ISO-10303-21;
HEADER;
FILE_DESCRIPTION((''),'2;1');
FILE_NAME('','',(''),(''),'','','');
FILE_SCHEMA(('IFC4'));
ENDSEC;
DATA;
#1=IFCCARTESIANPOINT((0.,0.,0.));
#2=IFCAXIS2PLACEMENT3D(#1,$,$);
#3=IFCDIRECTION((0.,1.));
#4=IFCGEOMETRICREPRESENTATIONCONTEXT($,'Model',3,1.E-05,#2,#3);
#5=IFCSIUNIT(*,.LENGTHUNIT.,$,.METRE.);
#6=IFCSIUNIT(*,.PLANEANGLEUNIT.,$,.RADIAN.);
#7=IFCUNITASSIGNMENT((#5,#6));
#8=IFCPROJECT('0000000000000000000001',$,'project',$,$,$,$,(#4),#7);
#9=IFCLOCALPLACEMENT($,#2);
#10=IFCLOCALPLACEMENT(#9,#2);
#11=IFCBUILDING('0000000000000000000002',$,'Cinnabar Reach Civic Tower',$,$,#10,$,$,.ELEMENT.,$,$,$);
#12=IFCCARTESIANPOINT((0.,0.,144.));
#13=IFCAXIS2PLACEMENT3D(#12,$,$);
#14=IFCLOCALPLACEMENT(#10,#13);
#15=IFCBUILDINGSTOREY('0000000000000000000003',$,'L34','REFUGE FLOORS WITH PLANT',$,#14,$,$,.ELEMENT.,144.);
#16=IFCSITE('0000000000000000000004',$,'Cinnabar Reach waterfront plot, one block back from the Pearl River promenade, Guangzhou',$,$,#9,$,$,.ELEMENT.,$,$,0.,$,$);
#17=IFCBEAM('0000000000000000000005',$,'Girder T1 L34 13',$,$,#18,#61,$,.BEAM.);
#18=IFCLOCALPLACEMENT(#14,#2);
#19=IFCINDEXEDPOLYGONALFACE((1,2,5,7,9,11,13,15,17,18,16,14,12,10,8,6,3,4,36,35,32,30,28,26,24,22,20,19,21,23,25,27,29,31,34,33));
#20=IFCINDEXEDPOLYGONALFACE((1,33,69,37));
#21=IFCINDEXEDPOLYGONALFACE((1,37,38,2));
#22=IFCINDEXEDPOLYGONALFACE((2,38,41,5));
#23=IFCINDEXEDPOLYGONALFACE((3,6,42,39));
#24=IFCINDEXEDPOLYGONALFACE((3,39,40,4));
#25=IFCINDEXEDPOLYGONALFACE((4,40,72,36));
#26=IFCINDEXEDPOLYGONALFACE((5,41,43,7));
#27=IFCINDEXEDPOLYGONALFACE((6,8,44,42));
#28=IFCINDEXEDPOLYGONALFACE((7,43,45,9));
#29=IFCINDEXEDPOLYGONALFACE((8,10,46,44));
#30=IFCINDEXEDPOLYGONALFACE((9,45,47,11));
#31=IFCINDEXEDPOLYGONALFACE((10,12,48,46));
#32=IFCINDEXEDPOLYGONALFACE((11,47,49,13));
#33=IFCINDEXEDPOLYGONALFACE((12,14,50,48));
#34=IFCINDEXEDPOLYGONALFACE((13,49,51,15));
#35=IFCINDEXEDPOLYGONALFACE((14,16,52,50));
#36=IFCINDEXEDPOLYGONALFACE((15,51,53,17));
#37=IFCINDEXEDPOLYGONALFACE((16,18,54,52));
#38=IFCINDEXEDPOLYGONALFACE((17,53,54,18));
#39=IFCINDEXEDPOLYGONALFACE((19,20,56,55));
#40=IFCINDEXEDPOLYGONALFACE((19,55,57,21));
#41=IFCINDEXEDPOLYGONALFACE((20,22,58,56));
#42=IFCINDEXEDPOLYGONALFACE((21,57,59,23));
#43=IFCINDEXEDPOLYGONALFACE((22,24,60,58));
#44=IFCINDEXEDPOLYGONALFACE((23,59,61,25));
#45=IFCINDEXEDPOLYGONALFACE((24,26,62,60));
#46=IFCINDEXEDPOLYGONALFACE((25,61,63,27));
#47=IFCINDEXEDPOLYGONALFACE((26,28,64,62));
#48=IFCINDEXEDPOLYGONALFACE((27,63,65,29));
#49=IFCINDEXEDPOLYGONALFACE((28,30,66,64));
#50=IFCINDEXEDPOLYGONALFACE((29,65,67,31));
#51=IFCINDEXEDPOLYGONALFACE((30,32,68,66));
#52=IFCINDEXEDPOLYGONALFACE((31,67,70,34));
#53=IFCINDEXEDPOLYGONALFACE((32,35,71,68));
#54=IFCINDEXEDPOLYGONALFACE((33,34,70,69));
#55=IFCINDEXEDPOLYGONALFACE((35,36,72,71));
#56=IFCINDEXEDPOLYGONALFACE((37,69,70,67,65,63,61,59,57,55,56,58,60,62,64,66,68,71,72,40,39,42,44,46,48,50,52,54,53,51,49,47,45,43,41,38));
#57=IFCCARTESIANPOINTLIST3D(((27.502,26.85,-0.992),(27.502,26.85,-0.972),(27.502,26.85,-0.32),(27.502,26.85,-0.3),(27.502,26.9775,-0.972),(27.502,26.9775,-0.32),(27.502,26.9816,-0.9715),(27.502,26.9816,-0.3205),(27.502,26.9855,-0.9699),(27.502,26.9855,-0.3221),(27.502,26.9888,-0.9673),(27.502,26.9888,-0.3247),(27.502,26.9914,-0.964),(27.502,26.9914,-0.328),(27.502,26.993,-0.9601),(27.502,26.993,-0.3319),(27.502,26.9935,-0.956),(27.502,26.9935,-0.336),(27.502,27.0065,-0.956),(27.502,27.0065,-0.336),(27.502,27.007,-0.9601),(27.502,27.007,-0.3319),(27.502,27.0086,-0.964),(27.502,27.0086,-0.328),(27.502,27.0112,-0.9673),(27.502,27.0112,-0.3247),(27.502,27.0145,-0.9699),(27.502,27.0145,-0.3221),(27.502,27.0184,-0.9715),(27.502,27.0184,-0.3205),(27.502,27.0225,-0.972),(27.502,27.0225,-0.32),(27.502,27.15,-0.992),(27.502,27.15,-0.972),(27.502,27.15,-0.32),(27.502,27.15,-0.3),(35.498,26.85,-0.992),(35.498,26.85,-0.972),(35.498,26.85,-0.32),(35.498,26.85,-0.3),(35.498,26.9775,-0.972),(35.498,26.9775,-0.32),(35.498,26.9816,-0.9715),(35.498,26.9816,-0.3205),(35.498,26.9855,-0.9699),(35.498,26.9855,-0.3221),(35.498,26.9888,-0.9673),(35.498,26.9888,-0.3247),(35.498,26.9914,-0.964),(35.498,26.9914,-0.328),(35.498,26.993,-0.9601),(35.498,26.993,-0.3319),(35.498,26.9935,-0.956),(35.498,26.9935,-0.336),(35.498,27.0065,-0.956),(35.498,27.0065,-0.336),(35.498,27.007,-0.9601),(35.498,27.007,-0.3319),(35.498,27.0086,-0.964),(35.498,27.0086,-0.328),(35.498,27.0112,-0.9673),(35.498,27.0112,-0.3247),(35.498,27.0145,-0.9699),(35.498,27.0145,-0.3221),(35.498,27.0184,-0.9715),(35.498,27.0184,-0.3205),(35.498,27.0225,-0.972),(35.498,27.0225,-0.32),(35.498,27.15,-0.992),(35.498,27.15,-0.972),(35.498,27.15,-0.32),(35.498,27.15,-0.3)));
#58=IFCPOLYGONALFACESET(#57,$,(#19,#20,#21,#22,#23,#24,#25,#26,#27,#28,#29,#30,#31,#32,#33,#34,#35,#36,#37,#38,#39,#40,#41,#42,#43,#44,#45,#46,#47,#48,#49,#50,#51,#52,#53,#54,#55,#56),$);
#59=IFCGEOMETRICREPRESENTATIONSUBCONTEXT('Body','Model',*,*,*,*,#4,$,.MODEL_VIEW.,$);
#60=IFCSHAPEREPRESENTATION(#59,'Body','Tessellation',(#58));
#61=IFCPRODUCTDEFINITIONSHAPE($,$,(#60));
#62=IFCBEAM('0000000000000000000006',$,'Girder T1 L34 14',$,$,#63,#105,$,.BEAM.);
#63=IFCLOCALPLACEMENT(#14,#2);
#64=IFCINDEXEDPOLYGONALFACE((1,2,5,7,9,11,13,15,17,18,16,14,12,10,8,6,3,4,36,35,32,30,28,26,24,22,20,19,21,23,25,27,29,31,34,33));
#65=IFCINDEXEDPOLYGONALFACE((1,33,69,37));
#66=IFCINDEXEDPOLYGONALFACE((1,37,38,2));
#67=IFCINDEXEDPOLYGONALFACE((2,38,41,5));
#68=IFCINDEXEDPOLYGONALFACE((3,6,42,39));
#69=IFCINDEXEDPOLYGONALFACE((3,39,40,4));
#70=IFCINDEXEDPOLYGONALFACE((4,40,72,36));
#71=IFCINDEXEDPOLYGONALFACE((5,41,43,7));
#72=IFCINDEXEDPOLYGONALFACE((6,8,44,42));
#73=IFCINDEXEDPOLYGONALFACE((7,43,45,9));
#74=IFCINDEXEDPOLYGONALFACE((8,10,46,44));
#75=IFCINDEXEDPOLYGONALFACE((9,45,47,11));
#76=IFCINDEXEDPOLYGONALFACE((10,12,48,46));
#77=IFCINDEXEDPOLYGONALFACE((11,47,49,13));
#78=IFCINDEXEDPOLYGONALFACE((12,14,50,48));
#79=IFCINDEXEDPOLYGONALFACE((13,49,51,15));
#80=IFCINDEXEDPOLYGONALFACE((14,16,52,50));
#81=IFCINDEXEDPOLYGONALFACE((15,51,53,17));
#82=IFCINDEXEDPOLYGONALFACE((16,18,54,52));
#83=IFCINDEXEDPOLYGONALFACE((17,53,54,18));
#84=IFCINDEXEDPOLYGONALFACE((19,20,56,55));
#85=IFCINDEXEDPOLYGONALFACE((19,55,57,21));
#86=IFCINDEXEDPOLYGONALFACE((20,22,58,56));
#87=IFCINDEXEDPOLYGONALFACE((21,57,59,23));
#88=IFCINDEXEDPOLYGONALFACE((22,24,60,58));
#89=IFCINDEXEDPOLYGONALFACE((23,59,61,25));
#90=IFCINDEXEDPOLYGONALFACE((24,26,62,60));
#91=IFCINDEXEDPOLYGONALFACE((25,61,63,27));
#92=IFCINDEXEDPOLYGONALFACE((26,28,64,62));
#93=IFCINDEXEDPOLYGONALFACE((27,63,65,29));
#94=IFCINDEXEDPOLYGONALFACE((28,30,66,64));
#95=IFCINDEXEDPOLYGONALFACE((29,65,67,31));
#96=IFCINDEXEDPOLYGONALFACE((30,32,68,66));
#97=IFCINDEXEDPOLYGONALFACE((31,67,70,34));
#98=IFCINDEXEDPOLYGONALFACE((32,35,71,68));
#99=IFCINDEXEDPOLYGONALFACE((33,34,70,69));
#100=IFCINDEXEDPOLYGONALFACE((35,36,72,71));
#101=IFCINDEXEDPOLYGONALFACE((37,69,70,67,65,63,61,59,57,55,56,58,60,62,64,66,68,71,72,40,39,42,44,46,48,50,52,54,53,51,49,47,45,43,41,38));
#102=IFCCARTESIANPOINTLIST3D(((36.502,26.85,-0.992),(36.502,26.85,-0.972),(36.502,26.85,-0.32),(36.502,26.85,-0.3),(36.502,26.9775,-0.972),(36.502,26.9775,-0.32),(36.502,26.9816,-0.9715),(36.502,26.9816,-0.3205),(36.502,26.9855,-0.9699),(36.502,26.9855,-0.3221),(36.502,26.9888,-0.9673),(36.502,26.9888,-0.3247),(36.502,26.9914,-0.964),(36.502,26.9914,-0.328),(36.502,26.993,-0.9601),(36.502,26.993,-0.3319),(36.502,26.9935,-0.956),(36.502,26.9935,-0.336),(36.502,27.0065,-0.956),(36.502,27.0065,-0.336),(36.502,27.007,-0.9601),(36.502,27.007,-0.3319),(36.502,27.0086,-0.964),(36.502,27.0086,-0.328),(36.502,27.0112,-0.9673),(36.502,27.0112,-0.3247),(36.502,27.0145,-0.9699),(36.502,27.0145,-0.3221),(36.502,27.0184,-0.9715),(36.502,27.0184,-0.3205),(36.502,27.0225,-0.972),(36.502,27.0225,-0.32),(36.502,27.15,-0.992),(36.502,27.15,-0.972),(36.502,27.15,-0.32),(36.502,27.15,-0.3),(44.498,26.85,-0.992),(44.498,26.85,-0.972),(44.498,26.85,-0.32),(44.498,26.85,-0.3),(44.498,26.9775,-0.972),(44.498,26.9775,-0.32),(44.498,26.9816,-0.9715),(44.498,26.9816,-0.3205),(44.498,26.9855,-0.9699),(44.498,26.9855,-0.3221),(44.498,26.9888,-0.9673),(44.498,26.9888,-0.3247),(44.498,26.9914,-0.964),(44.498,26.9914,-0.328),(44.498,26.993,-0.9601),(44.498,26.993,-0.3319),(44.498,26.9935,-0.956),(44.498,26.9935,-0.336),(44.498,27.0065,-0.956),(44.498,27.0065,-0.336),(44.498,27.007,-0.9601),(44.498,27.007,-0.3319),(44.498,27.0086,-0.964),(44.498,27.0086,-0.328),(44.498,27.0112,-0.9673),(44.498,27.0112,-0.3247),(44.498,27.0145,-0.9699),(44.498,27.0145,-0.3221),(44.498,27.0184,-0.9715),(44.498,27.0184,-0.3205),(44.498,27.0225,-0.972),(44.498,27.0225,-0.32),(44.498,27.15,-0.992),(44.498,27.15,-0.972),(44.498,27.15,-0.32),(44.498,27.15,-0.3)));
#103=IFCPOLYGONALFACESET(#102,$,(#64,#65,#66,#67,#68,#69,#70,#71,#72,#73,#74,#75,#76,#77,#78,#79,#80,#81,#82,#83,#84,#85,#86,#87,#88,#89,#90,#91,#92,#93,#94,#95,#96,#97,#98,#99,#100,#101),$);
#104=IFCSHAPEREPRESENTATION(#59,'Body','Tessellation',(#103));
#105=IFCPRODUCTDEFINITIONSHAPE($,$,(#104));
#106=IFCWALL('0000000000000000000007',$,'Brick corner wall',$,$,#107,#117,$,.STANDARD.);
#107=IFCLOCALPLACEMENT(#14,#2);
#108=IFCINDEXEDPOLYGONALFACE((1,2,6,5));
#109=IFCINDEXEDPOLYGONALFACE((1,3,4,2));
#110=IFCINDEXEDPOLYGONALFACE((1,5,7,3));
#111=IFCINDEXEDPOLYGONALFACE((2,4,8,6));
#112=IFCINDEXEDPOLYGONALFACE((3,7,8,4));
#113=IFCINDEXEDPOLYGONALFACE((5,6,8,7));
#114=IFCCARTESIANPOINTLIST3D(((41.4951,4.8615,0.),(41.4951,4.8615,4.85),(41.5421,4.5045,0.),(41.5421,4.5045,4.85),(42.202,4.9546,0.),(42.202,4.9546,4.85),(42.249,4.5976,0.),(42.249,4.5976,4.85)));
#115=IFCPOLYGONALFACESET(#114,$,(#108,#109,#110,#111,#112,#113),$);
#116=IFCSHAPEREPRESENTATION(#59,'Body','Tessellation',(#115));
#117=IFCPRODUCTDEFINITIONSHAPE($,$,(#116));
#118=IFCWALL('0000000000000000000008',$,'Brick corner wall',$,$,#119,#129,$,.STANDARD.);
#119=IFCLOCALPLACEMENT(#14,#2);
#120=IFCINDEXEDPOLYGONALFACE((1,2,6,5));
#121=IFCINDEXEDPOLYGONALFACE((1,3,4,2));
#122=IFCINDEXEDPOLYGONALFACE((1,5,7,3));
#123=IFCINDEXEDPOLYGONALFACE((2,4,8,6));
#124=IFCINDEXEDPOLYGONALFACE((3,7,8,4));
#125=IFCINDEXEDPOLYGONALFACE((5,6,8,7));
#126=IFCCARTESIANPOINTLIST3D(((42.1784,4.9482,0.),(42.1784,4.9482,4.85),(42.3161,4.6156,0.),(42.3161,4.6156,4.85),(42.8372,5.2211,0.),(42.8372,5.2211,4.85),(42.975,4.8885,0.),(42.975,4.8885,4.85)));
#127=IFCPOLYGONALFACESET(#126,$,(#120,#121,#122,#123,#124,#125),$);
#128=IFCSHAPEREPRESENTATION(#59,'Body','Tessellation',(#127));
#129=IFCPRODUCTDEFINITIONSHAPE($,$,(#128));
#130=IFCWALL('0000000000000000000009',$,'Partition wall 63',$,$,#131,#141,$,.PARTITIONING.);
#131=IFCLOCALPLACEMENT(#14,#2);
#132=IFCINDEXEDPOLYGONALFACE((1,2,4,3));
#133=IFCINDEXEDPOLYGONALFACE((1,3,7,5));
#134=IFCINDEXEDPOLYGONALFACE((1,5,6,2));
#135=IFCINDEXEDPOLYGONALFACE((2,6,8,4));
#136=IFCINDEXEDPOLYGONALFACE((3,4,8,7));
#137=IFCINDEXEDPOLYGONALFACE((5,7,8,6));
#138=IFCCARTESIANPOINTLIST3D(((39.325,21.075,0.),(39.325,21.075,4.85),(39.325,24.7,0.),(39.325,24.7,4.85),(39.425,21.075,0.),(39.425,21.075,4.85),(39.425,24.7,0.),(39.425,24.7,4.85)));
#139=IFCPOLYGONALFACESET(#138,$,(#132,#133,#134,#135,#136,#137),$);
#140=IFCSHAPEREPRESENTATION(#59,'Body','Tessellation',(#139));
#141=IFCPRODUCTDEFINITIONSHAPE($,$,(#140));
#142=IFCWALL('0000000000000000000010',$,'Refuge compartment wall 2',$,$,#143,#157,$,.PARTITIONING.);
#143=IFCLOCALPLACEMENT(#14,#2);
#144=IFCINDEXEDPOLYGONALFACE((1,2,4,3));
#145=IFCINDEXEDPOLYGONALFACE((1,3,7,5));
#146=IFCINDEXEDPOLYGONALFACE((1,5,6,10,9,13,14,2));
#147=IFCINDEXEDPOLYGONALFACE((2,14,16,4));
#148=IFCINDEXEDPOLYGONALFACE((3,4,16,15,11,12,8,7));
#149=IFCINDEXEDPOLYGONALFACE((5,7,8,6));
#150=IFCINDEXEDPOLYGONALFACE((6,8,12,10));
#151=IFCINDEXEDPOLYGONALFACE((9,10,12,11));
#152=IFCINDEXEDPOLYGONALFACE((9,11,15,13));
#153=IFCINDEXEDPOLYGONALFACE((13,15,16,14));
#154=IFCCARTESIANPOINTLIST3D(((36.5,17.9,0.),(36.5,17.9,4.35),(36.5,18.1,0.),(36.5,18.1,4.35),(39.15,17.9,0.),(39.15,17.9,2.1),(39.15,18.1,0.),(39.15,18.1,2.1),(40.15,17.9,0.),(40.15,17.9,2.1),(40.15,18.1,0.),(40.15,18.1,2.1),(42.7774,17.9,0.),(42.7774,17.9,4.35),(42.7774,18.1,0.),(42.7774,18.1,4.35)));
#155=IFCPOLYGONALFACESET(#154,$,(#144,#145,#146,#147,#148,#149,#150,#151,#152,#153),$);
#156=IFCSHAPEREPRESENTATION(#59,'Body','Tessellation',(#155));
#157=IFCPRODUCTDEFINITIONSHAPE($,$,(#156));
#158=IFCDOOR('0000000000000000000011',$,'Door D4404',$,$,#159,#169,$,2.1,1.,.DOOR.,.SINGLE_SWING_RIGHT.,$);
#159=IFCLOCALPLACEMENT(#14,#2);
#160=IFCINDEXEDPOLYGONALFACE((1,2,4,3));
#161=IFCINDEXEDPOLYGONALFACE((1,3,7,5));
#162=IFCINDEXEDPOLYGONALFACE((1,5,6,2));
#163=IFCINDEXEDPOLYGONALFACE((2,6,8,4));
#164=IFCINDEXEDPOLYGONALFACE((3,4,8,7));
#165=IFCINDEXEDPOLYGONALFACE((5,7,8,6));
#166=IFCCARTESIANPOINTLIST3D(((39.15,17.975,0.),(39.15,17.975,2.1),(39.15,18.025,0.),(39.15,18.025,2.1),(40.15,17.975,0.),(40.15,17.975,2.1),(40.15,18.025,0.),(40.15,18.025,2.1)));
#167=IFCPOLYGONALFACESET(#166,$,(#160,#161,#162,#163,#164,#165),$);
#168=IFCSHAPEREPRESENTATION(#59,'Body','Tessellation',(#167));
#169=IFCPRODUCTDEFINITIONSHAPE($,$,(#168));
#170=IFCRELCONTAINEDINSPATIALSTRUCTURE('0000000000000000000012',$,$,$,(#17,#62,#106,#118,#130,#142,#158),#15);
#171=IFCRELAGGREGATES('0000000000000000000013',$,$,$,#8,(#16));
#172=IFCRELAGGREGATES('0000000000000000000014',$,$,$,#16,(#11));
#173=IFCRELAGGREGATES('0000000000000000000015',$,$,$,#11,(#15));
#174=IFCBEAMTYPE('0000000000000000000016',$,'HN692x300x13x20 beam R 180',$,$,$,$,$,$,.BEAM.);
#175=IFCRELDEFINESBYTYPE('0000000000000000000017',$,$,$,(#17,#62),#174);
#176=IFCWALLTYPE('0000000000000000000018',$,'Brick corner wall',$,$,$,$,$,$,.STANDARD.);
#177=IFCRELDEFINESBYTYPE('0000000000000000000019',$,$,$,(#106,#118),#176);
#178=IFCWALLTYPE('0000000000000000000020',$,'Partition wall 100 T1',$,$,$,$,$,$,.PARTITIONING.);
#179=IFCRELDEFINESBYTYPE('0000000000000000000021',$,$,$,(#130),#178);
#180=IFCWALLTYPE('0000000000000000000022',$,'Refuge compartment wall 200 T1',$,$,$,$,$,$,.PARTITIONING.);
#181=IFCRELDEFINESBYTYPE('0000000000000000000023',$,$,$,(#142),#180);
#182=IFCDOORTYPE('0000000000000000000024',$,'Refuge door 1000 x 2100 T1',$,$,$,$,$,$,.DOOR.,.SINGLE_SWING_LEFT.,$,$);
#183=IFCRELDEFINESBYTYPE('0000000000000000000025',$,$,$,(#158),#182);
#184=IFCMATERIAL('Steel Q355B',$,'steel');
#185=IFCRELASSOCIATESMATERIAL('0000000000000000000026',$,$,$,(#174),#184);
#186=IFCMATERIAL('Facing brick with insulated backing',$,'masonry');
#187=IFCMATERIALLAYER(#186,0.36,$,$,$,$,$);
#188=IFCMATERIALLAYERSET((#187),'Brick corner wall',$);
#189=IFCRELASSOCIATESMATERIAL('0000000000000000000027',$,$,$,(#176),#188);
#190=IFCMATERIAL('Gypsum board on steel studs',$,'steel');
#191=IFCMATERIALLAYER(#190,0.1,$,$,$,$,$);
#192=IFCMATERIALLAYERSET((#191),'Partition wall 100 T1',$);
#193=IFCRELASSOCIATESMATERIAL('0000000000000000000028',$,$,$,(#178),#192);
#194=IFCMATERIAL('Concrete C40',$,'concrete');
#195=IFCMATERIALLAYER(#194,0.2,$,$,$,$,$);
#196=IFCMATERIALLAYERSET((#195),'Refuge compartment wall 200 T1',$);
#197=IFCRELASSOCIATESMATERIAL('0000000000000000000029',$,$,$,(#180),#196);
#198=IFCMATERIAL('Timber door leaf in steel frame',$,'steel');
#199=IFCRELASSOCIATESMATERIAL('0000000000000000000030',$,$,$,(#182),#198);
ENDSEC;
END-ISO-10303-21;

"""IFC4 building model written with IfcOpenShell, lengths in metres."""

from ifc_helpers import new_model, si_unit, direction, frame, frame_2d, origin, origin_2d, place, context, subcontext, project, spatial, rectangle, i_section, extrude, material, layer, layer_set, material_profile, profile_set, type_object, element, fill, save


model = new_model("IFC4")

# Units and contexts
model_context = context("Model", 3, precision=1e-05, world=origin(), true_north=direction((0.0, 1.0)))
body_context = subcontext(model_context, "Body", "Model", "MODEL_VIEW")
ifc_project = project(units=[si_unit("LENGTHUNIT", "METRE"), si_unit("PLANEANGLEUNIT", "RADIAN")], contexts=[model_context])

# Site, building, storey
site_placement = place(None, origin())
site = spatial("IfcSite", under=ifc_project, at=site_placement, Name="Cinnabar Reach waterfront plot, one block back from the Pearl River promenade, Guangzhou", CompositionType="ELEMENT", RefElevation=0.0)
building_placement = place(site_placement, origin())
building = spatial("IfcBuilding", under=site, at=building_placement, Name="Cinnabar Reach Civic Tower", CompositionType="ELEMENT")
storey_placement = place(building_placement, frame((0.0, 0.0, 144.0)))
storey = spatial("IfcBuildingStorey", under=building, at=storey_placement, Name="L34", Description="REFUGE FLOORS WITH PLANT", CompositionType="ELEMENT", Elevation=144.0)

# Beams
ifc_material_1 = material(Name="Steel Q355B", Category="steel")
ifc_material_profile_1 = material_profile(ifc_material_1, i_section(OverallWidth=0.3, OverallDepth=0.692, WebThickness=0.013, FlangeThickness=0.02, FilletRadius=0.016, at=origin_2d()), Name="HN692x300x13x20")
ifc_profile_set_1 = profile_set([ifc_material_profile_1], Name="Steel Q355B")
beam_type_1 = type_object("IfcBeamType", Name="HN692x300x13x20 beam R 180", PredefinedType="BEAM", material=ifc_profile_set_1)
for number, where, z_axis, x_axis, name in (
    (1, (27.502, 27.0, -0.646), (1.0, 0.0, 0.0), (0.0, 1.0, 0.0), "Girder T1 L34 13"),
    (2, (36.502, 27.0, -0.646), (1.0, 0.0, 0.0), (0.0, 1.0, 0.0), "Girder T1 L34 14"),
):
    element("IfcBeam", number, at=place(storey_placement, frame(where, z_axis=z_axis, x_axis=x_axis)), inside=storey, type_object=beam_type_1, Name=name, PredefinedType="BEAM", context=body_context, shape_type="SweptSolid", body=[
        extrude(i_section(OverallWidth=0.3, OverallDepth=0.692, WebThickness=0.013, FlangeThickness=0.02, FilletRadius=0.016, at=origin_2d()), origin(), (0.0, 0.0, 1.0), 7.996),
    ])

# Walls
ifc_material_2 = material(Name="Facing brick with insulated backing", Category="masonry")
ifc_layer_1 = layer(ifc_material_2, 0.36)
ifc_layer_set_1 = layer_set([ifc_layer_1], Name="Brick corner wall")
wall_type_1 = type_object("IfcWallType", Name="Brick corner wall", PredefinedType="STANDARD", material=ifc_layer_set_1)
for number, where, z_axis, x_axis, name in (
    (3, (41.5186, 4.683, 0.0), (0.0, 0.0, 1.0), (0.991441, 0.130556, 0.0), "Brick corner wall"),
    (4, (42.2473, 4.7819, 0.0), (0.0, 0.0, 1.0), (0.923872, 0.382703, 0.0), "Brick corner wall"),
):
    element("IfcWall", number, at=place(storey_placement, frame(where, z_axis=z_axis, x_axis=x_axis)), inside=storey, type_object=wall_type_1, Name=name, PredefinedType="STANDARD", context=body_context, shape_type="SweptSolid", body=[
        extrude(rectangle(XDim=0.7131, YDim=0.36, at=frame_2d((0.3565, 0.0))), origin(), (0.0, 0.0, 1.0), 4.85),
    ])
ifc_material_3 = material(Name="Gypsum board on steel studs", Category="steel")
ifc_layer_2 = layer(ifc_material_3, 0.1)
ifc_layer_set_2 = layer_set([ifc_layer_2], Name="Partition wall 100 T1")
wall_type_2 = type_object("IfcWallType", Name="Partition wall 100 T1", PredefinedType="PARTITIONING", material=ifc_layer_set_2)
wall_1_placement = place(storey_placement, frame((39.375, 21.075, 0.0), z_axis=(0.0, 0.0, 1.0), x_axis=(0.0, 1.0, 0.0)))
element("IfcWall", 5, at=wall_1_placement, inside=storey, type_object=wall_type_2, Name="Partition wall 63", PredefinedType="PARTITIONING", context=body_context, shape_type="SweptSolid", body=[
    extrude(rectangle(XDim=3.625, YDim=0.1, at=frame_2d((1.8125, 0.0))), origin(), (0.0, 0.0, 1.0), 4.85),
])

# Wall, opening, door
ifc_material_4 = material(Name="Concrete C40", Category="concrete")
ifc_layer_3 = layer(ifc_material_4, 0.2)
ifc_layer_set_3 = layer_set([ifc_layer_3], Name="Refuge compartment wall 200 T1")
wall_type_3 = type_object("IfcWallType", Name="Refuge compartment wall 200 T1", PredefinedType="PARTITIONING", material=ifc_layer_set_3)
wall_2_placement = place(storey_placement, frame((36.5, 18.0, 0.0), z_axis=(0.0, 0.0, 1.0), x_axis=(1.0, 0.0, 0.0)))
wall_2 = element("IfcWall", 6, at=wall_2_placement, inside=storey, type_object=wall_type_3, Name="Refuge compartment wall 2", PredefinedType="PARTITIONING", context=body_context, shape_type="SweptSolid", body=[
    extrude(rectangle(XDim=6.2775, YDim=0.2, at=frame_2d((3.1387, 0.0))), origin(), (0.0, 0.0, 1.0), 4.35),
])
opening_1_placement = place(wall_2_placement, frame((2.65, 0.0, 0.0)))
opening_1 = element("IfcOpeningElement", 7, at=opening_1_placement, cuts=wall_2, PredefinedType="OPENING", context=body_context, shape_type="SweptSolid", body=[
    extrude(rectangle(XDim=1.0, YDim=2.1, at=frame_2d((0.5, 1.05))), frame((0.0, 0.11, 0.0), z_axis=(0.0, -1.0, 0.0), x_axis=(1.0, 0.0, 0.0)), (0.0, 0.0, 1.0), 0.22),
])
ifc_material_5 = material(Name="Timber door leaf in steel frame", Category="steel")
door_type = type_object("IfcDoorType", Name="Refuge door 1000 x 2100 T1", OperationType="SINGLE_SWING_LEFT", PredefinedType="DOOR", material=ifc_material_5)
door_1_placement = place(opening_1_placement, frame((1.0, 0.0, 0.0), z_axis=(0.0, 0.0, 1.0), x_axis=(-1.0, 0.0, 0.0)))
door_1 = element("IfcDoor", 8, at=door_1_placement, inside=storey, type_object=door_type, Name="Door D4404", OperationType="SINGLE_SWING_RIGHT", OverallHeight=2.1, OverallWidth=1.0, PredefinedType="DOOR", context=body_context, shape_type="SweptSolid", body=[
    extrude(rectangle(XDim=1.0, YDim=2.1, at=frame_2d((0.5, 1.05))), frame((0.0, 0.025, 0.0), z_axis=(0.0, -1.0, 0.0), x_axis=(1.0, 0.0, 0.0)), (0.0, 0.0, 1.0), 0.05),
])
fill(opening_1, door_1)

save(model, "model.ifc")
